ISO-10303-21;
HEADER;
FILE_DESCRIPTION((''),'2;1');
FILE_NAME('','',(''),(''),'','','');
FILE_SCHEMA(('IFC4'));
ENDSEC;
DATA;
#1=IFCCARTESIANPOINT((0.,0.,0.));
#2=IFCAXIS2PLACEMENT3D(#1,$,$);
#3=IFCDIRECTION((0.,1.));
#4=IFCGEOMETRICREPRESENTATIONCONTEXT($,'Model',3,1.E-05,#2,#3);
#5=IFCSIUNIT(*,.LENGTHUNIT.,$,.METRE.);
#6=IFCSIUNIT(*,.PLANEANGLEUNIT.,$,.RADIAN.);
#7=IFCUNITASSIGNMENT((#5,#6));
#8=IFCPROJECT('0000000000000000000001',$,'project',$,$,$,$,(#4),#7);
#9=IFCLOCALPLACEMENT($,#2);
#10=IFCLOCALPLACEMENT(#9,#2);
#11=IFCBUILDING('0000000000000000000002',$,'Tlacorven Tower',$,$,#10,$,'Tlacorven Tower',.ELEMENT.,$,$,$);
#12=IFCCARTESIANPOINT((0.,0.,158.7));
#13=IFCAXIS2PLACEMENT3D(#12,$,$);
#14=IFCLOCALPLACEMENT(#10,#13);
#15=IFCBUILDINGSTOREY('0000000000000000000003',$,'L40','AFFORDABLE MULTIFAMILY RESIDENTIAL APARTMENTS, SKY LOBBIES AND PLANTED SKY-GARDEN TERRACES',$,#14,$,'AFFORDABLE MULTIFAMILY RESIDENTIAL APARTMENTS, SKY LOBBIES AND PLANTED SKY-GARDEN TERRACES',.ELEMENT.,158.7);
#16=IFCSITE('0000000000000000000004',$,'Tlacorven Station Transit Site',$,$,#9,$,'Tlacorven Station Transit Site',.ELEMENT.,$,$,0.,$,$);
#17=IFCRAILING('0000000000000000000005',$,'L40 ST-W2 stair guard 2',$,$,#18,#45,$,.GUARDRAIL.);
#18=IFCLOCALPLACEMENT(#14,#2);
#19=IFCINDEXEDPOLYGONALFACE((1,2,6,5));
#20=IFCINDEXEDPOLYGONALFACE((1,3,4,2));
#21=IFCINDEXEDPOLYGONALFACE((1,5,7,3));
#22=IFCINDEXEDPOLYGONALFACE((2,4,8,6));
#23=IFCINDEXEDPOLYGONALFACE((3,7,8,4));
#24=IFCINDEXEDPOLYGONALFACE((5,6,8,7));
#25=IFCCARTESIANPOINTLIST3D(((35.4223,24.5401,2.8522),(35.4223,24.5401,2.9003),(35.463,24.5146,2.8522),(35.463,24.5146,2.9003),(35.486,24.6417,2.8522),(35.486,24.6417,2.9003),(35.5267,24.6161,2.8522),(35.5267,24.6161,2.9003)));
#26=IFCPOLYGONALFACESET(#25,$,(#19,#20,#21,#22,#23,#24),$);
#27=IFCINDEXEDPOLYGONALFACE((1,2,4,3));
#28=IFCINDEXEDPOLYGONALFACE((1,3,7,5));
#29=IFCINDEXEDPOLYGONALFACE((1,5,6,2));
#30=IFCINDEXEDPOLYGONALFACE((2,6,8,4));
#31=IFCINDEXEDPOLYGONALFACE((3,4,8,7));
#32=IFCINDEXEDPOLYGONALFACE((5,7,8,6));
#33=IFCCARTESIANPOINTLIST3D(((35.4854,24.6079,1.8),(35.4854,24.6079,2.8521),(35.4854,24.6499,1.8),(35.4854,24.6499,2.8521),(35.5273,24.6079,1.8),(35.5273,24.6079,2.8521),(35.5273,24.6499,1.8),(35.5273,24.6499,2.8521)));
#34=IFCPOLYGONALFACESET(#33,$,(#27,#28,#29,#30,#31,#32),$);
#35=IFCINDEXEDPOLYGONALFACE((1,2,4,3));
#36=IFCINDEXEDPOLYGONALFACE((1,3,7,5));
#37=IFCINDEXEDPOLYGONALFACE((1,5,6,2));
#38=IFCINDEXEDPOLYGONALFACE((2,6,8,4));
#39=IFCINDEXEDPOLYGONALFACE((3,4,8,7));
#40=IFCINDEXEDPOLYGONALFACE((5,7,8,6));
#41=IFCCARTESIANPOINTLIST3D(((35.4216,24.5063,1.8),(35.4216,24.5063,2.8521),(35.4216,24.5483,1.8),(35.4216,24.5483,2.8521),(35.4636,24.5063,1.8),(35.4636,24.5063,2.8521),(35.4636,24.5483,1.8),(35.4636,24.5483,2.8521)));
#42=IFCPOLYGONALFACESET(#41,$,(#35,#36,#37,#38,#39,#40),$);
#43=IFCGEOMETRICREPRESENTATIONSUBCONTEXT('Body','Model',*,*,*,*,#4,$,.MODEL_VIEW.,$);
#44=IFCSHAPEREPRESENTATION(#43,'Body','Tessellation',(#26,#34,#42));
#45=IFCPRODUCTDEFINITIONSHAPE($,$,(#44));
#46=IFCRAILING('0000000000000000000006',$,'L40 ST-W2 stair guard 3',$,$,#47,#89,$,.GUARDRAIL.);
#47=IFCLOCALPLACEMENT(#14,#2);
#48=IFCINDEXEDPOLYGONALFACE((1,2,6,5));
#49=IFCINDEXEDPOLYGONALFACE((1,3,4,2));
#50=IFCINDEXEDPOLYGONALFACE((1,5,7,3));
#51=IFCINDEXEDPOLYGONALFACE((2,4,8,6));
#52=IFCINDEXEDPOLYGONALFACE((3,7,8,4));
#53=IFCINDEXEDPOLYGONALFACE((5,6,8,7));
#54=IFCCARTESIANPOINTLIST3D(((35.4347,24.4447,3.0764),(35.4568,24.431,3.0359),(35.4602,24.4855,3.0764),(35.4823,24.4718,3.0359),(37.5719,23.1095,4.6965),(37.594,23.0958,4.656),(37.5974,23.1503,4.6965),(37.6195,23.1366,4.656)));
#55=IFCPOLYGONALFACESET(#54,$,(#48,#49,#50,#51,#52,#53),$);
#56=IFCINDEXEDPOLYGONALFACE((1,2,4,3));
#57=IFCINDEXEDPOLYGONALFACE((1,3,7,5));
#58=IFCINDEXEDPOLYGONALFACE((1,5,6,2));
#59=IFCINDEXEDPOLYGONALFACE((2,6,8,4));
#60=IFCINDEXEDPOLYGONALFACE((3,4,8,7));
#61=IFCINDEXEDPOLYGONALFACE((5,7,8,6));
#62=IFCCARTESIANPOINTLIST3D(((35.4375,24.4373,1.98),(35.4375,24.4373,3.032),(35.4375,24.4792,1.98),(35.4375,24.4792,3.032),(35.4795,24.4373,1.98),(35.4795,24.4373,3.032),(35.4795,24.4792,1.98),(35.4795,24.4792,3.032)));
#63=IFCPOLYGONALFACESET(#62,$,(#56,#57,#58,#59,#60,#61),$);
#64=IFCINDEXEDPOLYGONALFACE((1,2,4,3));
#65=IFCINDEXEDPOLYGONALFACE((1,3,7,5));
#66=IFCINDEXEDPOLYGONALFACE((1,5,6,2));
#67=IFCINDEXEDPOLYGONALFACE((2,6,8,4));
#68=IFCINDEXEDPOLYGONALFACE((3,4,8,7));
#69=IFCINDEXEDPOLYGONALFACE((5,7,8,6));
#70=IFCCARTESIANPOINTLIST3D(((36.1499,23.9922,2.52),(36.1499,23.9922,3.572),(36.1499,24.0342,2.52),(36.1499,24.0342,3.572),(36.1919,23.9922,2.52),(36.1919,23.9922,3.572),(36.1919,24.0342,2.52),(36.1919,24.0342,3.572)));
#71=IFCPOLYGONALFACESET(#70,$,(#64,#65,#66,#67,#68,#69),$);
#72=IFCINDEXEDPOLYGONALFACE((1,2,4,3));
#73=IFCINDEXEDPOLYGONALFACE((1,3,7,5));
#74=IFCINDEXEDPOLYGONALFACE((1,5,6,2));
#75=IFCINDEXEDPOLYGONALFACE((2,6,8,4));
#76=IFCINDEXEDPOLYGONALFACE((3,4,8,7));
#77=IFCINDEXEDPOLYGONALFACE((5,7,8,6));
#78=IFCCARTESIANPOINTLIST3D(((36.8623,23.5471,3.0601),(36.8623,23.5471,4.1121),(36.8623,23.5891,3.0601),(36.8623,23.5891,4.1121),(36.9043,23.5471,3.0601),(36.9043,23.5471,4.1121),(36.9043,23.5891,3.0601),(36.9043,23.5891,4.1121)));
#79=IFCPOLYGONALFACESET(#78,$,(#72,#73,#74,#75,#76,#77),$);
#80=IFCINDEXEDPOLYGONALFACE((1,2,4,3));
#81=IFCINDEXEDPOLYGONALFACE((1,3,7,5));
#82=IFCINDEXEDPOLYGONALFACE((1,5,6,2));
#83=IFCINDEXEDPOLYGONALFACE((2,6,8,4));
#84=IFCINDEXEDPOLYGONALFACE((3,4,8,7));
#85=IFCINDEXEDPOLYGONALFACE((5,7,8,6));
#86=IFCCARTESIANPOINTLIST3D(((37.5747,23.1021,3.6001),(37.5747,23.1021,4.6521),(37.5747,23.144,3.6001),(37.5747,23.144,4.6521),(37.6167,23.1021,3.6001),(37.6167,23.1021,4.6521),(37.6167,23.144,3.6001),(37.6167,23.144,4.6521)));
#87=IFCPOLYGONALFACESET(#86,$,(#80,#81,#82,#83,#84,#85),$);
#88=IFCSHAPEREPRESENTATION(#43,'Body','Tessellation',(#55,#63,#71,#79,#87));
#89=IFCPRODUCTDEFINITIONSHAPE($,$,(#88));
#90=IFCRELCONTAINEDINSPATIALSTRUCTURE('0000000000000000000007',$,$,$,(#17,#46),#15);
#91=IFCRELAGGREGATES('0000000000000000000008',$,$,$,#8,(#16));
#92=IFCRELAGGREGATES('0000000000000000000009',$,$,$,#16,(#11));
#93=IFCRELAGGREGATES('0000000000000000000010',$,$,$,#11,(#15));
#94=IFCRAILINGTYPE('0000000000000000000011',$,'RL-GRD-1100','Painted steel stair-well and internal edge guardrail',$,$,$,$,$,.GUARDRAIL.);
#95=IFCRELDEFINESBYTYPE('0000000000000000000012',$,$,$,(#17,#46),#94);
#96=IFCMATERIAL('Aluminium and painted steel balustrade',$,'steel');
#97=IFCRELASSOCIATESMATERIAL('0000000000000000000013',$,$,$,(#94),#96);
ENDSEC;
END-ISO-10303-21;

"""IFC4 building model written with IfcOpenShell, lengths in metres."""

from ifc_helpers import new_model, si_unit, direction, frame, origin, origin_2d, place, context, subcontext, project, spatial, rectangle, extrude, source, transform, mapped, material, type_object, element, save


model = new_model("IFC4")

# Units and contexts
model_context = context("Model", 3, precision=1e-05, world=origin(), true_north=direction((0.0, 1.0)))
body_context = subcontext(model_context, "Body", "Model", "MODEL_VIEW")
ifc_project = project(units=[si_unit("LENGTHUNIT", "METRE"), si_unit("PLANEANGLEUNIT", "RADIAN")], contexts=[model_context])

# Site, building, storey
site_placement = place(None, origin())
site = spatial("IfcSite", under=ifc_project, at=site_placement, Name="Tlacorven Station Transit Site", LongName="Tlacorven Station Transit Site", CompositionType="ELEMENT", RefElevation=0.0)
building_placement = place(site_placement, origin())
building = spatial("IfcBuilding", under=site, at=building_placement, Name="Tlacorven Tower", LongName="Tlacorven Tower", CompositionType="ELEMENT")
storey_placement = place(building_placement, frame((0.0, 0.0, 158.7)))
storey = spatial("IfcBuildingStorey", under=building, at=storey_placement, Name="L40", Description="AFFORDABLE MULTIFAMILY RESIDENTIAL APARTMENTS, SKY LOBBIES AND PLANTED SKY-GARDEN TERRACES", LongName="AFFORDABLE MULTIFAMILY RESIDENTIAL APARTMENTS, SKY LOBBIES AND PLANTED SKY-GARDEN TERRACES", CompositionType="ELEMENT", Elevation=158.7)

# Railings
ifc_material_1 = material(Name="Aluminium and painted steel balustrade", Category="steel")
railing_type_1 = type_object("IfcRailingType", Name="RL-GRD-1100", Description="Painted steel stair-well and internal edge guardrail", PredefinedType="GUARDRAIL", material=ifc_material_1)
shared_shape_1 = source(origin(), body_context, "Body", "SweptSolid", [
    extrude(rectangle(XDim=0.0481, YDim=0.0481, at=origin_2d()), frame((0.0, 0.0, 1.0762), z_axis=(-0.531462, -0.847082, 0.0), x_axis=(0.847082, -0.531462, 0.0)), (0.0, 0.0, 1.0), 0.1199),
    extrude(rectangle(XDim=0.042, YDim=0.042, at=origin_2d()), origin(), (0.0, 0.0, 1.0), 1.052),
    extrude(rectangle(XDim=0.042, YDim=0.042, at=origin_2d()), frame((-0.0637, -0.1016, 0.0)), (0.0, 0.0, 1.0), 1.052),
])
railing_1_placement = place(storey_placement, frame((35.5063, 24.6289, 1.8)))
element("IfcRailing", 1, at=railing_1_placement, inside=storey, type_object=railing_type_1, Name="L40 ST-W2 stair guard 2", PredefinedType="GUARDRAIL", context=body_context, shape_type="MappedRepresentation", body=[
    mapped(shared_shape_1, transform((0.0, 0.0, 0.0), scale=1.0)),
])
shared_shape_2 = source(origin(), body_context, "Body", "SweptSolid", [
    extrude(rectangle(XDim=0.0481, YDim=0.0481, at=origin_2d()), frame((0.0, 0.0, 1.0762), z_axis=(0.713386, -0.445683, 0.540784), x_axis=(0.529842, 0.848096, 0.0)), (0.0, 0.0, 1.0), 2.9958),
    extrude(rectangle(XDim=0.042, YDim=0.042, at=origin_2d()), origin(), (0.0, 0.0, 1.0), 1.052),
    extrude(rectangle(XDim=0.042, YDim=0.042, at=origin_2d()), frame((0.7124, -0.4451, 0.54)), (0.0, 0.0, 1.0), 1.052),
    extrude(rectangle(XDim=0.042, YDim=0.042, at=origin_2d()), frame((1.4248, -0.8901, 1.0801)), (0.0, 0.0, 1.0), 1.052),
    extrude(rectangle(XDim=0.042, YDim=0.042, at=origin_2d()), frame((2.1372, -1.3352, 1.6201)), (0.0, 0.0, 1.0), 1.052),
])
railing_2_placement = place(storey_placement, frame((35.4585, 24.4583, 1.98)))
element("IfcRailing", 2, at=railing_2_placement, inside=storey, type_object=railing_type_1, Name="L40 ST-W2 stair guard 3", PredefinedType="GUARDRAIL", context=body_context, shape_type="MappedRepresentation", body=[
    mapped(shared_shape_2, transform((0.0, 0.0, 0.0), scale=1.0)),
])

save(model, "model.ifc")
